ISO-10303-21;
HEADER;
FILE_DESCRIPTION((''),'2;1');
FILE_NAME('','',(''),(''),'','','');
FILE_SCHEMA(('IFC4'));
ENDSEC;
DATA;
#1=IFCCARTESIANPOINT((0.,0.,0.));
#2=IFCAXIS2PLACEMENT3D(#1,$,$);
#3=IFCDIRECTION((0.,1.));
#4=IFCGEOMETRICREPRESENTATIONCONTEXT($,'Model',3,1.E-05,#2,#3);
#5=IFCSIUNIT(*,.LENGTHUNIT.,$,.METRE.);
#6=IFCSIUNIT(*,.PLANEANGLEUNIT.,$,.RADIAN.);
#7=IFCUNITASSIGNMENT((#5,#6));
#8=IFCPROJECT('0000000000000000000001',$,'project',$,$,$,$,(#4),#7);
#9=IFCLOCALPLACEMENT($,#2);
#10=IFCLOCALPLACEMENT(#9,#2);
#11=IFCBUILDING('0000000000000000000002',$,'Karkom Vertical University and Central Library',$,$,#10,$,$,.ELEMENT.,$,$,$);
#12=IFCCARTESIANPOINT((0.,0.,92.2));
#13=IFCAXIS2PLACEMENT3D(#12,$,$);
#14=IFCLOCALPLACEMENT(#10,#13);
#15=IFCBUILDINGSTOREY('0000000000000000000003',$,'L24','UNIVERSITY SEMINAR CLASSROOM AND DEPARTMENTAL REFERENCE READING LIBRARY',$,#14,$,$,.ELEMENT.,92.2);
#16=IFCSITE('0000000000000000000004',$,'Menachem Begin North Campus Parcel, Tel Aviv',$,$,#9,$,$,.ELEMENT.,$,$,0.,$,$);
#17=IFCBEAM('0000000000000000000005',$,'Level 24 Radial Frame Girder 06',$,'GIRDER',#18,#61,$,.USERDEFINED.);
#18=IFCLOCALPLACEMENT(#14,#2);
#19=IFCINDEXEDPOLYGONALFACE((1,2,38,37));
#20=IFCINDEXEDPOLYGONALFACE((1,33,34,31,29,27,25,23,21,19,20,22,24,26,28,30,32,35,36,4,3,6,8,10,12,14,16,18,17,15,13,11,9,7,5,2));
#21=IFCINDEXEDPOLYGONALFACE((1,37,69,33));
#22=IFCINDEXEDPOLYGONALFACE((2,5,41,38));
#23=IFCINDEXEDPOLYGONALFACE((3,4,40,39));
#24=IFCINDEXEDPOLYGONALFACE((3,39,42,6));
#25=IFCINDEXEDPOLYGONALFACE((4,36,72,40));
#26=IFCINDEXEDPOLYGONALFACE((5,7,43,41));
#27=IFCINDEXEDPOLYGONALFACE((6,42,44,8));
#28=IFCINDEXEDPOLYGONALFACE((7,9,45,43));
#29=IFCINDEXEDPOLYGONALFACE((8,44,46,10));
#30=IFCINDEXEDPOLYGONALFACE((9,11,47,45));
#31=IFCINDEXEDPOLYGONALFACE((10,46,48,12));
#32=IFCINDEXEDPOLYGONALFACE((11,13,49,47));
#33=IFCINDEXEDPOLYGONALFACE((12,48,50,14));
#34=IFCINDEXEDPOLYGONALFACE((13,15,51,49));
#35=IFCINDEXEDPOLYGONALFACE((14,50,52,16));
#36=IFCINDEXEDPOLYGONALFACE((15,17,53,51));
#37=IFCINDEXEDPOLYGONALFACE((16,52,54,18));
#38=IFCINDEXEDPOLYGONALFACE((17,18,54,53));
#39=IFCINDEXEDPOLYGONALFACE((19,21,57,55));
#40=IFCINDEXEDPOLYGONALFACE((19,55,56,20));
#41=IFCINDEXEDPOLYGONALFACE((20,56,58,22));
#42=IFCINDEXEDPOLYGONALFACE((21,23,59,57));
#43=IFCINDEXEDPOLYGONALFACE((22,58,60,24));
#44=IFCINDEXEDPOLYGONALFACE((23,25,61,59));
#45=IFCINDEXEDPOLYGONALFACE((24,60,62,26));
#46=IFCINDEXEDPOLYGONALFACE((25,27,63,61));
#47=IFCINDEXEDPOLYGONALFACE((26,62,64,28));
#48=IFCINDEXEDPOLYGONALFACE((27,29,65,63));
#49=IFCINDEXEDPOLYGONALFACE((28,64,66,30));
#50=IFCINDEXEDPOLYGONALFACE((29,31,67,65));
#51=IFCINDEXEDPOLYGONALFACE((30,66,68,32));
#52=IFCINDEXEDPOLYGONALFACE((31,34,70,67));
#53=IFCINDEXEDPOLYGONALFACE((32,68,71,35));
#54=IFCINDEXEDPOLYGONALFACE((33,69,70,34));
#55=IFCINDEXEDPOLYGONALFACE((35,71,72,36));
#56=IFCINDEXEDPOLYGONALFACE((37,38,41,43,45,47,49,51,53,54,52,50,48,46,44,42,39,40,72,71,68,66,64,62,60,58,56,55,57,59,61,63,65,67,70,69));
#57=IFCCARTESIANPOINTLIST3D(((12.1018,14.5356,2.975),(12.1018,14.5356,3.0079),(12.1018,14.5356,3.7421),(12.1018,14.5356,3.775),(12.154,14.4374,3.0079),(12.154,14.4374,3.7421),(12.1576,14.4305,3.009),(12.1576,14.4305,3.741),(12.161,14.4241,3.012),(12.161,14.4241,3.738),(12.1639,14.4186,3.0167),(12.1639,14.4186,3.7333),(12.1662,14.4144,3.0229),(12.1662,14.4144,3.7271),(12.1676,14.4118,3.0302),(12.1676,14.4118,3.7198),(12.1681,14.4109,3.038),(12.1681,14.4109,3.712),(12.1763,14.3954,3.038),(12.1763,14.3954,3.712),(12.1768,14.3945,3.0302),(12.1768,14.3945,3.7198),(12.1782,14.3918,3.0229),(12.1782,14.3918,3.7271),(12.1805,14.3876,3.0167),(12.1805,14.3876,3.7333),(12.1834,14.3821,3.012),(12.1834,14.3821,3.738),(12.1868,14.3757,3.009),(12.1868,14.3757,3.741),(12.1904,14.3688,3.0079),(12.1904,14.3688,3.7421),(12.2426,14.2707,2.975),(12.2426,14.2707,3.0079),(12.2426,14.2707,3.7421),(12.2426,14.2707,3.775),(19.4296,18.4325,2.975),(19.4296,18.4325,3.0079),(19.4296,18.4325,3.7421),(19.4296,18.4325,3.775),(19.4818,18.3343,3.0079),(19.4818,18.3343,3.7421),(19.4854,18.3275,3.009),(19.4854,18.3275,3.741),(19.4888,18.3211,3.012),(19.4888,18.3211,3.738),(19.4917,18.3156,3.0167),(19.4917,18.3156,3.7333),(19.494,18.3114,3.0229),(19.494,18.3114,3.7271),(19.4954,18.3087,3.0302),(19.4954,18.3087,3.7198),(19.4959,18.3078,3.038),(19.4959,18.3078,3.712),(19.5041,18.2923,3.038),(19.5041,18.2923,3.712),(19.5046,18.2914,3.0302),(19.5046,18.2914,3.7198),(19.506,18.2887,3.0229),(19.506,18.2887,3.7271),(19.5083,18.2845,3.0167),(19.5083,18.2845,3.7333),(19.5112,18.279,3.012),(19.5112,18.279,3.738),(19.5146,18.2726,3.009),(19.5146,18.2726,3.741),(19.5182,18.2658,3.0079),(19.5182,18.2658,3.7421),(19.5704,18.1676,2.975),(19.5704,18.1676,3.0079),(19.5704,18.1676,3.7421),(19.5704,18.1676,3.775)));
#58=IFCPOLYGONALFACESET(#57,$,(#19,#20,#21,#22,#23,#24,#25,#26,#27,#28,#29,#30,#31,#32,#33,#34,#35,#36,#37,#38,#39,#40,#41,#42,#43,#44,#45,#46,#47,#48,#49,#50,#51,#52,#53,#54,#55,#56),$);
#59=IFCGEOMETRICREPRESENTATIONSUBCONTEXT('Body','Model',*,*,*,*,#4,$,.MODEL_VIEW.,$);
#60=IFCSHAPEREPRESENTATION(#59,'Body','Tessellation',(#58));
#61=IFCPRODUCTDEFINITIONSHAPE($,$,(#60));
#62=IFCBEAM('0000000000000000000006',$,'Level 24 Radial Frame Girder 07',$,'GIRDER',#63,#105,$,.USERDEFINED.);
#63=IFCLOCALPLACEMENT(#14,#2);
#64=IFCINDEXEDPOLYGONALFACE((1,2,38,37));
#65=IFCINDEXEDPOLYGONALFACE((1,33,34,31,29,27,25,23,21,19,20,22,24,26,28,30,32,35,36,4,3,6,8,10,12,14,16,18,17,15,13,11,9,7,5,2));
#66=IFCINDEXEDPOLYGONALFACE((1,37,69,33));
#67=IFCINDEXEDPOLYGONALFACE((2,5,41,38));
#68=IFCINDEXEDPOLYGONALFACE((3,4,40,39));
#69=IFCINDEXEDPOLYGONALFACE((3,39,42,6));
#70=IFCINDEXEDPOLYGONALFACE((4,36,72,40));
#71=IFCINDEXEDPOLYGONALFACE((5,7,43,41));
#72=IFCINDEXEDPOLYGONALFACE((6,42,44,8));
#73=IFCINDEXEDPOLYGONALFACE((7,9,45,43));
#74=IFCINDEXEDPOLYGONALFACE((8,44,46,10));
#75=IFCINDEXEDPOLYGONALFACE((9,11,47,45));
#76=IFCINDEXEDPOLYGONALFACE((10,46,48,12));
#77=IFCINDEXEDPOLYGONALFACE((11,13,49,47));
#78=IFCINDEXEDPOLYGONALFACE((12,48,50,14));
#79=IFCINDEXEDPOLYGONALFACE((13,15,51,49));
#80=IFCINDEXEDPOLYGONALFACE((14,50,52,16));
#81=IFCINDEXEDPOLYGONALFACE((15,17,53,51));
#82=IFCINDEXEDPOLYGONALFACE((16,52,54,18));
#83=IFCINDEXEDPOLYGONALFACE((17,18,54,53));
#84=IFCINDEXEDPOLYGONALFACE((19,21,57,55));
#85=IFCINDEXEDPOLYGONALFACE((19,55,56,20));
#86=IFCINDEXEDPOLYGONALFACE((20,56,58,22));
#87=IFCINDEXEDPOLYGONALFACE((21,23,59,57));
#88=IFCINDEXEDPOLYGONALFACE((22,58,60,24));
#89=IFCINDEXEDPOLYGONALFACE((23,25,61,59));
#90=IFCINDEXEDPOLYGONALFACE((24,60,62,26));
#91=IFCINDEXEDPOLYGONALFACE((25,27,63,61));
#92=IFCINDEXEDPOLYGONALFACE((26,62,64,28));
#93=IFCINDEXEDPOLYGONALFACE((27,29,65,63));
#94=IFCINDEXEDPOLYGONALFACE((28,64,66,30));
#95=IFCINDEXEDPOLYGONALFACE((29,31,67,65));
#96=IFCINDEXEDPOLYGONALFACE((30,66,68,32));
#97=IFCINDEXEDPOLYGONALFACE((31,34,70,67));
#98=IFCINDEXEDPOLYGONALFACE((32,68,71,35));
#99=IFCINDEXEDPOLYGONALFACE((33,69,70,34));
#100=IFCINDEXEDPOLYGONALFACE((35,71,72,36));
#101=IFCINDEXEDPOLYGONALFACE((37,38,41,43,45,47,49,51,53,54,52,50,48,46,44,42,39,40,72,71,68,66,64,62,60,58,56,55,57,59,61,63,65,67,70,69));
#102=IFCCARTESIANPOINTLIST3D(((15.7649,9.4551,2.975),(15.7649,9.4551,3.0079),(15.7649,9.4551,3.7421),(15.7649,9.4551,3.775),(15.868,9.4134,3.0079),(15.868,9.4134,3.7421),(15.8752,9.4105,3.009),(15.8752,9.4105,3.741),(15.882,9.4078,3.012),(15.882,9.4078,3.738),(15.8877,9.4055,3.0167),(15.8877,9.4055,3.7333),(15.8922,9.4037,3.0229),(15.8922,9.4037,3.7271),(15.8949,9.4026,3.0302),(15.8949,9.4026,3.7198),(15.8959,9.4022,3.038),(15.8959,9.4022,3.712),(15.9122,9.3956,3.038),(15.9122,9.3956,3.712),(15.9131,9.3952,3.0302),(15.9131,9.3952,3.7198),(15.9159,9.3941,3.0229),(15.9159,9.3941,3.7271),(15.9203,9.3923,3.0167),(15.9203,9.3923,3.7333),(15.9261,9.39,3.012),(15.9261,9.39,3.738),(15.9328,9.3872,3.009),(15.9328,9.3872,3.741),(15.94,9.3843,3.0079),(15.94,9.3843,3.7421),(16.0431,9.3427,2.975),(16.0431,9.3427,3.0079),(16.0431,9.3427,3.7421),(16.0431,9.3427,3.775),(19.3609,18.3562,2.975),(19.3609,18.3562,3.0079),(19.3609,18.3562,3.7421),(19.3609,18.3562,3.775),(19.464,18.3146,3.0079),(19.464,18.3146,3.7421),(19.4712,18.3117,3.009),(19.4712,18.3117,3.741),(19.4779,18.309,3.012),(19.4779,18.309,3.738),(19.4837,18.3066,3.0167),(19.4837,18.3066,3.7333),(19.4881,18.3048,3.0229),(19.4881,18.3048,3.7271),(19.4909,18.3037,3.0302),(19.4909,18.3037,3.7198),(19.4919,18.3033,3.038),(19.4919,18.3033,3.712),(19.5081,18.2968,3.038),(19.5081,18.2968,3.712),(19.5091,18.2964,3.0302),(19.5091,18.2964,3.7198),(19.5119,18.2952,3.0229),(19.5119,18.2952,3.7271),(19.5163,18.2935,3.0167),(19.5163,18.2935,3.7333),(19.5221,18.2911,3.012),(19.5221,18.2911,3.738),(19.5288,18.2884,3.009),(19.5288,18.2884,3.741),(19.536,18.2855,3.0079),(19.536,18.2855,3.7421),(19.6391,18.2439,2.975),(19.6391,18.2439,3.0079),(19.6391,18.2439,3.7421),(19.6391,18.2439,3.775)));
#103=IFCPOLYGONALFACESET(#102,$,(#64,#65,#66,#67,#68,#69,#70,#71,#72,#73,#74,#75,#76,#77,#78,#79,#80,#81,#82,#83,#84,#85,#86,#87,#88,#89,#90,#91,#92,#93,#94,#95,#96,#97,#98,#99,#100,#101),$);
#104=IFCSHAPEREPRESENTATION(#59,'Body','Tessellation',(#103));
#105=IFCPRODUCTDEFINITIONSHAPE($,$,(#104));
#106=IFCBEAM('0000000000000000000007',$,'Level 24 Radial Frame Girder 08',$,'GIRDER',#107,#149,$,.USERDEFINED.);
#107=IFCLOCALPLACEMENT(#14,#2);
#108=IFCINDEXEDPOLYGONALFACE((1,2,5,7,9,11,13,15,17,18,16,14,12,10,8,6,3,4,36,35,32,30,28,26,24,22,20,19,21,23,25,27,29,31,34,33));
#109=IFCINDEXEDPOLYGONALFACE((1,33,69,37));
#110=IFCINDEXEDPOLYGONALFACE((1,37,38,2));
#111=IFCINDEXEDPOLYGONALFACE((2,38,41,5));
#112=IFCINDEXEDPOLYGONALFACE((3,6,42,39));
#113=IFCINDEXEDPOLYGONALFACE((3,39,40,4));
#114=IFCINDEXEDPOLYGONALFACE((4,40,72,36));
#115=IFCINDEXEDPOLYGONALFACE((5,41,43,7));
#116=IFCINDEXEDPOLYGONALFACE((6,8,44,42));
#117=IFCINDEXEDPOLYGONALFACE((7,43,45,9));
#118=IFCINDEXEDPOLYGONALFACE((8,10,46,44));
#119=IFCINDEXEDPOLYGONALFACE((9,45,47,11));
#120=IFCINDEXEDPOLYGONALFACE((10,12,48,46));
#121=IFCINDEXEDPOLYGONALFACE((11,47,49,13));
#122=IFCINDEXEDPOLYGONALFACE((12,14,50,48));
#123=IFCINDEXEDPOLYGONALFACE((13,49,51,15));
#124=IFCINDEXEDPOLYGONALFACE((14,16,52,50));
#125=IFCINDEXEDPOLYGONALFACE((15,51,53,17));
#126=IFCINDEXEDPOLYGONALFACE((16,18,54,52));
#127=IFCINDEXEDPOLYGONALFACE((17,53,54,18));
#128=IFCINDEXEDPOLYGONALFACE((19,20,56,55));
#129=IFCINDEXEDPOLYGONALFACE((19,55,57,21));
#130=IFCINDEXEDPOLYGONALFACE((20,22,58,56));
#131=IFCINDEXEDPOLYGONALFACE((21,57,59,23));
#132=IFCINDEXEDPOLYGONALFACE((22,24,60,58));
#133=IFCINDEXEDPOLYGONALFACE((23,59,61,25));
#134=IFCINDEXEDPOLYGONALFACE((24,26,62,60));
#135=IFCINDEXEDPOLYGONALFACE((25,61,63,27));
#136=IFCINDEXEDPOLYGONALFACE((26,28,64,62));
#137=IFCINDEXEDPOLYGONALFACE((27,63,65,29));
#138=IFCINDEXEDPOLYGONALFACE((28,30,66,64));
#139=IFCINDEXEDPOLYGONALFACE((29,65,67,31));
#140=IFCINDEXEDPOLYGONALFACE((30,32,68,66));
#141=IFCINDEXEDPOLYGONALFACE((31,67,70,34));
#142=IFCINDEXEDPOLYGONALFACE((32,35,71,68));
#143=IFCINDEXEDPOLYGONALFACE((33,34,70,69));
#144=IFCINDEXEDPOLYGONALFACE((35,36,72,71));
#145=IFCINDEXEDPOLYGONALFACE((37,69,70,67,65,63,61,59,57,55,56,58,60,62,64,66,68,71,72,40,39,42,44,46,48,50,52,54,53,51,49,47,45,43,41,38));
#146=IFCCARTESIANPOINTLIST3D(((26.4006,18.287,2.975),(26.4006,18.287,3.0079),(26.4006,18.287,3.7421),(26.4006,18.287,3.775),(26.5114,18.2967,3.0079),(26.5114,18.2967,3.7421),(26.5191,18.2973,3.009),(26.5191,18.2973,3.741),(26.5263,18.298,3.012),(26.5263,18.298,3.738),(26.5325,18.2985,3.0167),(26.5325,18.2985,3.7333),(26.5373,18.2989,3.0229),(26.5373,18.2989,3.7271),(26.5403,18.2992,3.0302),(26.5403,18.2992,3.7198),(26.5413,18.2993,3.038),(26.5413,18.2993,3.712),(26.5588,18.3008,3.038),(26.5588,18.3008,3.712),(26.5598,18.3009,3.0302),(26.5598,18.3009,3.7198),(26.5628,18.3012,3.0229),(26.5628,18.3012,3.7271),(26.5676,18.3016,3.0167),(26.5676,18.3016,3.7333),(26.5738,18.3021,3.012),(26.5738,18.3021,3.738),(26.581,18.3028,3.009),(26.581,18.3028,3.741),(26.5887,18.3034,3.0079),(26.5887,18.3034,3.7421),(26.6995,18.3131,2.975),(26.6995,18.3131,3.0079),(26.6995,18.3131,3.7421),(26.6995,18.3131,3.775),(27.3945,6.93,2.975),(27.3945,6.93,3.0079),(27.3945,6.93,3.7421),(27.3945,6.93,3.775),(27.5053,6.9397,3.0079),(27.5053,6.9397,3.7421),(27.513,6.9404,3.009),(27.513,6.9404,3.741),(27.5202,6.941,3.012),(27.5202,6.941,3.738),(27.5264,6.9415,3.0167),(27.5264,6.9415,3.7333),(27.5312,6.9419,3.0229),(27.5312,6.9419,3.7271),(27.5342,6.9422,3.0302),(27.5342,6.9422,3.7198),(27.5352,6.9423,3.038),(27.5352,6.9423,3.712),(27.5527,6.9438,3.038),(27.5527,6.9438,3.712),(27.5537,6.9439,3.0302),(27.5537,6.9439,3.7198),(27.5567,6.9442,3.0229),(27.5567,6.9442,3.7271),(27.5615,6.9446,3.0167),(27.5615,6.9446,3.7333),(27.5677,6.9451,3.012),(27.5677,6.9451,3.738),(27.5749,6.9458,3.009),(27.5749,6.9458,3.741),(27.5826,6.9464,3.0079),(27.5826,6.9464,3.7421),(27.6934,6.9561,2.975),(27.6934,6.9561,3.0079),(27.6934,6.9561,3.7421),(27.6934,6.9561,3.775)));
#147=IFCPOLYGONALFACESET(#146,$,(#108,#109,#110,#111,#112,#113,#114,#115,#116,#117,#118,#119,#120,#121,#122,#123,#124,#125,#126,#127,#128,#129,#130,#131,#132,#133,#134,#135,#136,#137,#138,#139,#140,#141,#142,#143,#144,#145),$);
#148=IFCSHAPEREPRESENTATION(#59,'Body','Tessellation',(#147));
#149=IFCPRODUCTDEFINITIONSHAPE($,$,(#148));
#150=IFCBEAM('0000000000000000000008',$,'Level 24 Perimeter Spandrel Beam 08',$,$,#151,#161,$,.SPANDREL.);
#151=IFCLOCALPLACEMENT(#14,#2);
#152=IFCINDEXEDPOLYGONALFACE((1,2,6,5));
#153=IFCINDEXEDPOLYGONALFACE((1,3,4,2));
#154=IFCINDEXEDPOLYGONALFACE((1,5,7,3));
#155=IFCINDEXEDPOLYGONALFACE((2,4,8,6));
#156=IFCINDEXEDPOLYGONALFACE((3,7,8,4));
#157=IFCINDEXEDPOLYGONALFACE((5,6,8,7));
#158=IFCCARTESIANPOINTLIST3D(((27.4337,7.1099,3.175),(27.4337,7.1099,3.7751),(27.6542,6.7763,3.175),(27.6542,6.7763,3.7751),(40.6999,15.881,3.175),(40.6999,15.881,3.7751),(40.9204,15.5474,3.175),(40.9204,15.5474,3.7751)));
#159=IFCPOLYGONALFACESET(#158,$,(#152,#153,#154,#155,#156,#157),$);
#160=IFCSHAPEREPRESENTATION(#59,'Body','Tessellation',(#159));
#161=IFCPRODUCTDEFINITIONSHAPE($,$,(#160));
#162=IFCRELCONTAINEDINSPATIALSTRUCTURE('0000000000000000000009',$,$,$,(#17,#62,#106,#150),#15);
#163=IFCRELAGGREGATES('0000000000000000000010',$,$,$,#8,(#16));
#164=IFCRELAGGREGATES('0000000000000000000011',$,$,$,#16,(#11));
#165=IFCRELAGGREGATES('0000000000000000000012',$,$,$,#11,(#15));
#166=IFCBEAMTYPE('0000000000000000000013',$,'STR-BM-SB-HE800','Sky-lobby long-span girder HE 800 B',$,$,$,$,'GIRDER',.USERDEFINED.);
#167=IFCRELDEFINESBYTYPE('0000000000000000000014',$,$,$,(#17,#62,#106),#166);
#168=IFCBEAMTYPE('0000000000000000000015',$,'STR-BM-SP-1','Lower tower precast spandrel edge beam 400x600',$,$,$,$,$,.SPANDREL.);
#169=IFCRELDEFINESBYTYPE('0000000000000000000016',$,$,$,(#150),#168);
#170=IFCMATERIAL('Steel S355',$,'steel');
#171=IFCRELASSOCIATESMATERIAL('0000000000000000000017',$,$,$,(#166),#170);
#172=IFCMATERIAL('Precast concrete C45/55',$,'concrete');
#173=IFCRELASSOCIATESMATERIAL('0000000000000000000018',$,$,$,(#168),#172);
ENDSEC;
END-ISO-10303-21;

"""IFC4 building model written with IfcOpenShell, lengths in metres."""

from ifc_helpers import new_model, si_unit, direction, frame, origin, origin_with_axes, origin_2d, place, context, subcontext, project, spatial, rectangle, i_section, extrude, source, transform, mapped, material, material_profile, profile_set, type_object, element, save


model = new_model("IFC4")

# Units and contexts
model_context = context("Model", 3, precision=1e-05, world=origin(), true_north=direction((0.0, 1.0)))
body_context = subcontext(model_context, "Body", "Model", "MODEL_VIEW")
ifc_project = project(units=[si_unit("LENGTHUNIT", "METRE"), si_unit("PLANEANGLEUNIT", "RADIAN")], contexts=[model_context])

# Site, building, storey
site_placement = place(None, origin())
site = spatial("IfcSite", under=ifc_project, at=site_placement, Name="Menachem Begin North Campus Parcel, Tel Aviv", CompositionType="ELEMENT", RefElevation=0.0)
building_placement = place(site_placement, origin())
building = spatial("IfcBuilding", under=site, at=building_placement, Name="Karkom Vertical University and Central Library", CompositionType="ELEMENT")
storey_placement = place(building_placement, frame((0.0, 0.0, 92.2)))
storey = spatial("IfcBuildingStorey", under=building, at=storey_placement, Name="L24", Description="UNIVERSITY SEMINAR CLASSROOM AND DEPARTMENTAL REFERENCE READING LIBRARY", CompositionType="ELEMENT", Elevation=92.2)

# Beams
ifc_material_1 = material(Name="Steel S355", Category="steel")
ifc_material_profile_1 = material_profile(ifc_material_1, i_section(OverallWidth=0.3, OverallDepth=0.8, WebThickness=0.0176, FlangeThickness=0.033, FilletRadius=0.03, at=origin_2d()), Name="HE 800 B")
ifc_profile_set_1 = profile_set([ifc_material_profile_1], Name="Steel S355")
beam_type_1 = type_object("IfcBeamType", Name="STR-BM-SB-HE800", Description="Sky-lobby long-span girder HE 800 B", ElementType="GIRDER", PredefinedType="USERDEFINED", material=ifc_profile_set_1)
shared_shape_1 = source(origin_with_axes(), body_context, "Body", "SweptSolid", [
    extrude(i_section(OverallWidth=0.3, OverallDepth=0.8, WebThickness=0.0176, FlangeThickness=0.033, FilletRadius=0.03, at=origin_2d()), origin(), (0.0, 0.0, 1.0), 8.2996),
])
beam_1_placement = place(storey_placement, frame((19.5, 18.3, 3.375), z_axis=(-0.882914, -0.469534, 0.0), x_axis=(0.469534, -0.882914, 0.0)))
element("IfcBeam", 1, at=beam_1_placement, inside=storey, type_object=beam_type_1, Name="Level 24 Radial Frame Girder 06", ObjectType="GIRDER", PredefinedType="USERDEFINED", context=body_context, shape_type="MappedRepresentation", body=[
    mapped(shared_shape_1, transform((0.0, 0.0, 0.0), scale=1.0)),
])
shared_shape_2 = source(origin_with_axes(), body_context, "Body", "SweptSolid", [
    extrude(i_section(OverallWidth=0.3, OverallDepth=0.8, WebThickness=0.0176, FlangeThickness=0.033, FilletRadius=0.03, at=origin_2d()), origin(), (0.0, 0.0, 1.0), 9.6001),
])
beam_2_placement = place(storey_placement, frame((19.5, 18.3, 3.375), z_axis=(-0.374576, -0.927196, 0.0), x_axis=(0.927196, -0.374576, 0.0)))
element("IfcBeam", 2, at=beam_2_placement, inside=storey, type_object=beam_type_1, Name="Level 24 Radial Frame Girder 07", ObjectType="GIRDER", PredefinedType="USERDEFINED", context=body_context, shape_type="MappedRepresentation", body=[
    mapped(shared_shape_2, transform((0.0, 0.0, 0.0), scale=1.0)),
])
shared_shape_3 = source(origin_with_axes(), body_context, "Body", "SweptSolid", [
    extrude(i_section(OverallWidth=0.3, OverallDepth=0.8, WebThickness=0.0176, FlangeThickness=0.033, FilletRadius=0.03, at=origin_2d()), origin(), (0.0, 0.0, 1.0), 11.4004),
])
beam_3_placement = place(storey_placement, frame((26.55, 18.3, 3.375), z_axis=(0.087181, -0.996192, 0.0), x_axis=(0.996192, 0.087181, 0.0)))
element("IfcBeam", 3, at=beam_3_placement, inside=storey, type_object=beam_type_1, Name="Level 24 Radial Frame Girder 08", ObjectType="GIRDER", PredefinedType="USERDEFINED", context=body_context, shape_type="MappedRepresentation", body=[
    mapped(shared_shape_3, transform((0.0, 0.0, 0.0), scale=1.0)),
])
ifc_material_2 = material(Name="Precast concrete C45/55", Category="concrete")
ifc_material_profile_2 = material_profile(ifc_material_2, rectangle(XDim=0.3999, YDim=0.6001, at=origin_2d()), Name="SPB-400x600")
ifc_profile_set_2 = profile_set([ifc_material_profile_2], Name="Precast concrete C45/55")
beam_type_2 = type_object("IfcBeamType", Name="STR-BM-SP-1", Description="Lower tower precast spandrel edge beam 400x600", PredefinedType="SPANDREL", material=ifc_profile_set_2)
shared_shape_4 = source(origin_with_axes(), body_context, "Body", "SweptSolid", [
    extrude(rectangle(XDim=0.3999, YDim=0.6001, at=origin_2d()), origin(), (0.0, 0.0, 1.0), 15.9036),
])
beam_4_placement = place(storey_placement, frame((27.5439, 6.9431, 3.4751), z_axis=(0.834165, 0.551515, 0.0), x_axis=(-0.551515, 0.834165, 0.0)))
element("IfcBeam", 4, at=beam_4_placement, inside=storey, type_object=beam_type_2, Name="Level 24 Perimeter Spandrel Beam 08", PredefinedType="SPANDREL", context=body_context, shape_type="MappedRepresentation", body=[
    mapped(shared_shape_4, transform((0.0, 0.0, 0.0), scale=1.0)),
])

save(model, "model.ifc")
